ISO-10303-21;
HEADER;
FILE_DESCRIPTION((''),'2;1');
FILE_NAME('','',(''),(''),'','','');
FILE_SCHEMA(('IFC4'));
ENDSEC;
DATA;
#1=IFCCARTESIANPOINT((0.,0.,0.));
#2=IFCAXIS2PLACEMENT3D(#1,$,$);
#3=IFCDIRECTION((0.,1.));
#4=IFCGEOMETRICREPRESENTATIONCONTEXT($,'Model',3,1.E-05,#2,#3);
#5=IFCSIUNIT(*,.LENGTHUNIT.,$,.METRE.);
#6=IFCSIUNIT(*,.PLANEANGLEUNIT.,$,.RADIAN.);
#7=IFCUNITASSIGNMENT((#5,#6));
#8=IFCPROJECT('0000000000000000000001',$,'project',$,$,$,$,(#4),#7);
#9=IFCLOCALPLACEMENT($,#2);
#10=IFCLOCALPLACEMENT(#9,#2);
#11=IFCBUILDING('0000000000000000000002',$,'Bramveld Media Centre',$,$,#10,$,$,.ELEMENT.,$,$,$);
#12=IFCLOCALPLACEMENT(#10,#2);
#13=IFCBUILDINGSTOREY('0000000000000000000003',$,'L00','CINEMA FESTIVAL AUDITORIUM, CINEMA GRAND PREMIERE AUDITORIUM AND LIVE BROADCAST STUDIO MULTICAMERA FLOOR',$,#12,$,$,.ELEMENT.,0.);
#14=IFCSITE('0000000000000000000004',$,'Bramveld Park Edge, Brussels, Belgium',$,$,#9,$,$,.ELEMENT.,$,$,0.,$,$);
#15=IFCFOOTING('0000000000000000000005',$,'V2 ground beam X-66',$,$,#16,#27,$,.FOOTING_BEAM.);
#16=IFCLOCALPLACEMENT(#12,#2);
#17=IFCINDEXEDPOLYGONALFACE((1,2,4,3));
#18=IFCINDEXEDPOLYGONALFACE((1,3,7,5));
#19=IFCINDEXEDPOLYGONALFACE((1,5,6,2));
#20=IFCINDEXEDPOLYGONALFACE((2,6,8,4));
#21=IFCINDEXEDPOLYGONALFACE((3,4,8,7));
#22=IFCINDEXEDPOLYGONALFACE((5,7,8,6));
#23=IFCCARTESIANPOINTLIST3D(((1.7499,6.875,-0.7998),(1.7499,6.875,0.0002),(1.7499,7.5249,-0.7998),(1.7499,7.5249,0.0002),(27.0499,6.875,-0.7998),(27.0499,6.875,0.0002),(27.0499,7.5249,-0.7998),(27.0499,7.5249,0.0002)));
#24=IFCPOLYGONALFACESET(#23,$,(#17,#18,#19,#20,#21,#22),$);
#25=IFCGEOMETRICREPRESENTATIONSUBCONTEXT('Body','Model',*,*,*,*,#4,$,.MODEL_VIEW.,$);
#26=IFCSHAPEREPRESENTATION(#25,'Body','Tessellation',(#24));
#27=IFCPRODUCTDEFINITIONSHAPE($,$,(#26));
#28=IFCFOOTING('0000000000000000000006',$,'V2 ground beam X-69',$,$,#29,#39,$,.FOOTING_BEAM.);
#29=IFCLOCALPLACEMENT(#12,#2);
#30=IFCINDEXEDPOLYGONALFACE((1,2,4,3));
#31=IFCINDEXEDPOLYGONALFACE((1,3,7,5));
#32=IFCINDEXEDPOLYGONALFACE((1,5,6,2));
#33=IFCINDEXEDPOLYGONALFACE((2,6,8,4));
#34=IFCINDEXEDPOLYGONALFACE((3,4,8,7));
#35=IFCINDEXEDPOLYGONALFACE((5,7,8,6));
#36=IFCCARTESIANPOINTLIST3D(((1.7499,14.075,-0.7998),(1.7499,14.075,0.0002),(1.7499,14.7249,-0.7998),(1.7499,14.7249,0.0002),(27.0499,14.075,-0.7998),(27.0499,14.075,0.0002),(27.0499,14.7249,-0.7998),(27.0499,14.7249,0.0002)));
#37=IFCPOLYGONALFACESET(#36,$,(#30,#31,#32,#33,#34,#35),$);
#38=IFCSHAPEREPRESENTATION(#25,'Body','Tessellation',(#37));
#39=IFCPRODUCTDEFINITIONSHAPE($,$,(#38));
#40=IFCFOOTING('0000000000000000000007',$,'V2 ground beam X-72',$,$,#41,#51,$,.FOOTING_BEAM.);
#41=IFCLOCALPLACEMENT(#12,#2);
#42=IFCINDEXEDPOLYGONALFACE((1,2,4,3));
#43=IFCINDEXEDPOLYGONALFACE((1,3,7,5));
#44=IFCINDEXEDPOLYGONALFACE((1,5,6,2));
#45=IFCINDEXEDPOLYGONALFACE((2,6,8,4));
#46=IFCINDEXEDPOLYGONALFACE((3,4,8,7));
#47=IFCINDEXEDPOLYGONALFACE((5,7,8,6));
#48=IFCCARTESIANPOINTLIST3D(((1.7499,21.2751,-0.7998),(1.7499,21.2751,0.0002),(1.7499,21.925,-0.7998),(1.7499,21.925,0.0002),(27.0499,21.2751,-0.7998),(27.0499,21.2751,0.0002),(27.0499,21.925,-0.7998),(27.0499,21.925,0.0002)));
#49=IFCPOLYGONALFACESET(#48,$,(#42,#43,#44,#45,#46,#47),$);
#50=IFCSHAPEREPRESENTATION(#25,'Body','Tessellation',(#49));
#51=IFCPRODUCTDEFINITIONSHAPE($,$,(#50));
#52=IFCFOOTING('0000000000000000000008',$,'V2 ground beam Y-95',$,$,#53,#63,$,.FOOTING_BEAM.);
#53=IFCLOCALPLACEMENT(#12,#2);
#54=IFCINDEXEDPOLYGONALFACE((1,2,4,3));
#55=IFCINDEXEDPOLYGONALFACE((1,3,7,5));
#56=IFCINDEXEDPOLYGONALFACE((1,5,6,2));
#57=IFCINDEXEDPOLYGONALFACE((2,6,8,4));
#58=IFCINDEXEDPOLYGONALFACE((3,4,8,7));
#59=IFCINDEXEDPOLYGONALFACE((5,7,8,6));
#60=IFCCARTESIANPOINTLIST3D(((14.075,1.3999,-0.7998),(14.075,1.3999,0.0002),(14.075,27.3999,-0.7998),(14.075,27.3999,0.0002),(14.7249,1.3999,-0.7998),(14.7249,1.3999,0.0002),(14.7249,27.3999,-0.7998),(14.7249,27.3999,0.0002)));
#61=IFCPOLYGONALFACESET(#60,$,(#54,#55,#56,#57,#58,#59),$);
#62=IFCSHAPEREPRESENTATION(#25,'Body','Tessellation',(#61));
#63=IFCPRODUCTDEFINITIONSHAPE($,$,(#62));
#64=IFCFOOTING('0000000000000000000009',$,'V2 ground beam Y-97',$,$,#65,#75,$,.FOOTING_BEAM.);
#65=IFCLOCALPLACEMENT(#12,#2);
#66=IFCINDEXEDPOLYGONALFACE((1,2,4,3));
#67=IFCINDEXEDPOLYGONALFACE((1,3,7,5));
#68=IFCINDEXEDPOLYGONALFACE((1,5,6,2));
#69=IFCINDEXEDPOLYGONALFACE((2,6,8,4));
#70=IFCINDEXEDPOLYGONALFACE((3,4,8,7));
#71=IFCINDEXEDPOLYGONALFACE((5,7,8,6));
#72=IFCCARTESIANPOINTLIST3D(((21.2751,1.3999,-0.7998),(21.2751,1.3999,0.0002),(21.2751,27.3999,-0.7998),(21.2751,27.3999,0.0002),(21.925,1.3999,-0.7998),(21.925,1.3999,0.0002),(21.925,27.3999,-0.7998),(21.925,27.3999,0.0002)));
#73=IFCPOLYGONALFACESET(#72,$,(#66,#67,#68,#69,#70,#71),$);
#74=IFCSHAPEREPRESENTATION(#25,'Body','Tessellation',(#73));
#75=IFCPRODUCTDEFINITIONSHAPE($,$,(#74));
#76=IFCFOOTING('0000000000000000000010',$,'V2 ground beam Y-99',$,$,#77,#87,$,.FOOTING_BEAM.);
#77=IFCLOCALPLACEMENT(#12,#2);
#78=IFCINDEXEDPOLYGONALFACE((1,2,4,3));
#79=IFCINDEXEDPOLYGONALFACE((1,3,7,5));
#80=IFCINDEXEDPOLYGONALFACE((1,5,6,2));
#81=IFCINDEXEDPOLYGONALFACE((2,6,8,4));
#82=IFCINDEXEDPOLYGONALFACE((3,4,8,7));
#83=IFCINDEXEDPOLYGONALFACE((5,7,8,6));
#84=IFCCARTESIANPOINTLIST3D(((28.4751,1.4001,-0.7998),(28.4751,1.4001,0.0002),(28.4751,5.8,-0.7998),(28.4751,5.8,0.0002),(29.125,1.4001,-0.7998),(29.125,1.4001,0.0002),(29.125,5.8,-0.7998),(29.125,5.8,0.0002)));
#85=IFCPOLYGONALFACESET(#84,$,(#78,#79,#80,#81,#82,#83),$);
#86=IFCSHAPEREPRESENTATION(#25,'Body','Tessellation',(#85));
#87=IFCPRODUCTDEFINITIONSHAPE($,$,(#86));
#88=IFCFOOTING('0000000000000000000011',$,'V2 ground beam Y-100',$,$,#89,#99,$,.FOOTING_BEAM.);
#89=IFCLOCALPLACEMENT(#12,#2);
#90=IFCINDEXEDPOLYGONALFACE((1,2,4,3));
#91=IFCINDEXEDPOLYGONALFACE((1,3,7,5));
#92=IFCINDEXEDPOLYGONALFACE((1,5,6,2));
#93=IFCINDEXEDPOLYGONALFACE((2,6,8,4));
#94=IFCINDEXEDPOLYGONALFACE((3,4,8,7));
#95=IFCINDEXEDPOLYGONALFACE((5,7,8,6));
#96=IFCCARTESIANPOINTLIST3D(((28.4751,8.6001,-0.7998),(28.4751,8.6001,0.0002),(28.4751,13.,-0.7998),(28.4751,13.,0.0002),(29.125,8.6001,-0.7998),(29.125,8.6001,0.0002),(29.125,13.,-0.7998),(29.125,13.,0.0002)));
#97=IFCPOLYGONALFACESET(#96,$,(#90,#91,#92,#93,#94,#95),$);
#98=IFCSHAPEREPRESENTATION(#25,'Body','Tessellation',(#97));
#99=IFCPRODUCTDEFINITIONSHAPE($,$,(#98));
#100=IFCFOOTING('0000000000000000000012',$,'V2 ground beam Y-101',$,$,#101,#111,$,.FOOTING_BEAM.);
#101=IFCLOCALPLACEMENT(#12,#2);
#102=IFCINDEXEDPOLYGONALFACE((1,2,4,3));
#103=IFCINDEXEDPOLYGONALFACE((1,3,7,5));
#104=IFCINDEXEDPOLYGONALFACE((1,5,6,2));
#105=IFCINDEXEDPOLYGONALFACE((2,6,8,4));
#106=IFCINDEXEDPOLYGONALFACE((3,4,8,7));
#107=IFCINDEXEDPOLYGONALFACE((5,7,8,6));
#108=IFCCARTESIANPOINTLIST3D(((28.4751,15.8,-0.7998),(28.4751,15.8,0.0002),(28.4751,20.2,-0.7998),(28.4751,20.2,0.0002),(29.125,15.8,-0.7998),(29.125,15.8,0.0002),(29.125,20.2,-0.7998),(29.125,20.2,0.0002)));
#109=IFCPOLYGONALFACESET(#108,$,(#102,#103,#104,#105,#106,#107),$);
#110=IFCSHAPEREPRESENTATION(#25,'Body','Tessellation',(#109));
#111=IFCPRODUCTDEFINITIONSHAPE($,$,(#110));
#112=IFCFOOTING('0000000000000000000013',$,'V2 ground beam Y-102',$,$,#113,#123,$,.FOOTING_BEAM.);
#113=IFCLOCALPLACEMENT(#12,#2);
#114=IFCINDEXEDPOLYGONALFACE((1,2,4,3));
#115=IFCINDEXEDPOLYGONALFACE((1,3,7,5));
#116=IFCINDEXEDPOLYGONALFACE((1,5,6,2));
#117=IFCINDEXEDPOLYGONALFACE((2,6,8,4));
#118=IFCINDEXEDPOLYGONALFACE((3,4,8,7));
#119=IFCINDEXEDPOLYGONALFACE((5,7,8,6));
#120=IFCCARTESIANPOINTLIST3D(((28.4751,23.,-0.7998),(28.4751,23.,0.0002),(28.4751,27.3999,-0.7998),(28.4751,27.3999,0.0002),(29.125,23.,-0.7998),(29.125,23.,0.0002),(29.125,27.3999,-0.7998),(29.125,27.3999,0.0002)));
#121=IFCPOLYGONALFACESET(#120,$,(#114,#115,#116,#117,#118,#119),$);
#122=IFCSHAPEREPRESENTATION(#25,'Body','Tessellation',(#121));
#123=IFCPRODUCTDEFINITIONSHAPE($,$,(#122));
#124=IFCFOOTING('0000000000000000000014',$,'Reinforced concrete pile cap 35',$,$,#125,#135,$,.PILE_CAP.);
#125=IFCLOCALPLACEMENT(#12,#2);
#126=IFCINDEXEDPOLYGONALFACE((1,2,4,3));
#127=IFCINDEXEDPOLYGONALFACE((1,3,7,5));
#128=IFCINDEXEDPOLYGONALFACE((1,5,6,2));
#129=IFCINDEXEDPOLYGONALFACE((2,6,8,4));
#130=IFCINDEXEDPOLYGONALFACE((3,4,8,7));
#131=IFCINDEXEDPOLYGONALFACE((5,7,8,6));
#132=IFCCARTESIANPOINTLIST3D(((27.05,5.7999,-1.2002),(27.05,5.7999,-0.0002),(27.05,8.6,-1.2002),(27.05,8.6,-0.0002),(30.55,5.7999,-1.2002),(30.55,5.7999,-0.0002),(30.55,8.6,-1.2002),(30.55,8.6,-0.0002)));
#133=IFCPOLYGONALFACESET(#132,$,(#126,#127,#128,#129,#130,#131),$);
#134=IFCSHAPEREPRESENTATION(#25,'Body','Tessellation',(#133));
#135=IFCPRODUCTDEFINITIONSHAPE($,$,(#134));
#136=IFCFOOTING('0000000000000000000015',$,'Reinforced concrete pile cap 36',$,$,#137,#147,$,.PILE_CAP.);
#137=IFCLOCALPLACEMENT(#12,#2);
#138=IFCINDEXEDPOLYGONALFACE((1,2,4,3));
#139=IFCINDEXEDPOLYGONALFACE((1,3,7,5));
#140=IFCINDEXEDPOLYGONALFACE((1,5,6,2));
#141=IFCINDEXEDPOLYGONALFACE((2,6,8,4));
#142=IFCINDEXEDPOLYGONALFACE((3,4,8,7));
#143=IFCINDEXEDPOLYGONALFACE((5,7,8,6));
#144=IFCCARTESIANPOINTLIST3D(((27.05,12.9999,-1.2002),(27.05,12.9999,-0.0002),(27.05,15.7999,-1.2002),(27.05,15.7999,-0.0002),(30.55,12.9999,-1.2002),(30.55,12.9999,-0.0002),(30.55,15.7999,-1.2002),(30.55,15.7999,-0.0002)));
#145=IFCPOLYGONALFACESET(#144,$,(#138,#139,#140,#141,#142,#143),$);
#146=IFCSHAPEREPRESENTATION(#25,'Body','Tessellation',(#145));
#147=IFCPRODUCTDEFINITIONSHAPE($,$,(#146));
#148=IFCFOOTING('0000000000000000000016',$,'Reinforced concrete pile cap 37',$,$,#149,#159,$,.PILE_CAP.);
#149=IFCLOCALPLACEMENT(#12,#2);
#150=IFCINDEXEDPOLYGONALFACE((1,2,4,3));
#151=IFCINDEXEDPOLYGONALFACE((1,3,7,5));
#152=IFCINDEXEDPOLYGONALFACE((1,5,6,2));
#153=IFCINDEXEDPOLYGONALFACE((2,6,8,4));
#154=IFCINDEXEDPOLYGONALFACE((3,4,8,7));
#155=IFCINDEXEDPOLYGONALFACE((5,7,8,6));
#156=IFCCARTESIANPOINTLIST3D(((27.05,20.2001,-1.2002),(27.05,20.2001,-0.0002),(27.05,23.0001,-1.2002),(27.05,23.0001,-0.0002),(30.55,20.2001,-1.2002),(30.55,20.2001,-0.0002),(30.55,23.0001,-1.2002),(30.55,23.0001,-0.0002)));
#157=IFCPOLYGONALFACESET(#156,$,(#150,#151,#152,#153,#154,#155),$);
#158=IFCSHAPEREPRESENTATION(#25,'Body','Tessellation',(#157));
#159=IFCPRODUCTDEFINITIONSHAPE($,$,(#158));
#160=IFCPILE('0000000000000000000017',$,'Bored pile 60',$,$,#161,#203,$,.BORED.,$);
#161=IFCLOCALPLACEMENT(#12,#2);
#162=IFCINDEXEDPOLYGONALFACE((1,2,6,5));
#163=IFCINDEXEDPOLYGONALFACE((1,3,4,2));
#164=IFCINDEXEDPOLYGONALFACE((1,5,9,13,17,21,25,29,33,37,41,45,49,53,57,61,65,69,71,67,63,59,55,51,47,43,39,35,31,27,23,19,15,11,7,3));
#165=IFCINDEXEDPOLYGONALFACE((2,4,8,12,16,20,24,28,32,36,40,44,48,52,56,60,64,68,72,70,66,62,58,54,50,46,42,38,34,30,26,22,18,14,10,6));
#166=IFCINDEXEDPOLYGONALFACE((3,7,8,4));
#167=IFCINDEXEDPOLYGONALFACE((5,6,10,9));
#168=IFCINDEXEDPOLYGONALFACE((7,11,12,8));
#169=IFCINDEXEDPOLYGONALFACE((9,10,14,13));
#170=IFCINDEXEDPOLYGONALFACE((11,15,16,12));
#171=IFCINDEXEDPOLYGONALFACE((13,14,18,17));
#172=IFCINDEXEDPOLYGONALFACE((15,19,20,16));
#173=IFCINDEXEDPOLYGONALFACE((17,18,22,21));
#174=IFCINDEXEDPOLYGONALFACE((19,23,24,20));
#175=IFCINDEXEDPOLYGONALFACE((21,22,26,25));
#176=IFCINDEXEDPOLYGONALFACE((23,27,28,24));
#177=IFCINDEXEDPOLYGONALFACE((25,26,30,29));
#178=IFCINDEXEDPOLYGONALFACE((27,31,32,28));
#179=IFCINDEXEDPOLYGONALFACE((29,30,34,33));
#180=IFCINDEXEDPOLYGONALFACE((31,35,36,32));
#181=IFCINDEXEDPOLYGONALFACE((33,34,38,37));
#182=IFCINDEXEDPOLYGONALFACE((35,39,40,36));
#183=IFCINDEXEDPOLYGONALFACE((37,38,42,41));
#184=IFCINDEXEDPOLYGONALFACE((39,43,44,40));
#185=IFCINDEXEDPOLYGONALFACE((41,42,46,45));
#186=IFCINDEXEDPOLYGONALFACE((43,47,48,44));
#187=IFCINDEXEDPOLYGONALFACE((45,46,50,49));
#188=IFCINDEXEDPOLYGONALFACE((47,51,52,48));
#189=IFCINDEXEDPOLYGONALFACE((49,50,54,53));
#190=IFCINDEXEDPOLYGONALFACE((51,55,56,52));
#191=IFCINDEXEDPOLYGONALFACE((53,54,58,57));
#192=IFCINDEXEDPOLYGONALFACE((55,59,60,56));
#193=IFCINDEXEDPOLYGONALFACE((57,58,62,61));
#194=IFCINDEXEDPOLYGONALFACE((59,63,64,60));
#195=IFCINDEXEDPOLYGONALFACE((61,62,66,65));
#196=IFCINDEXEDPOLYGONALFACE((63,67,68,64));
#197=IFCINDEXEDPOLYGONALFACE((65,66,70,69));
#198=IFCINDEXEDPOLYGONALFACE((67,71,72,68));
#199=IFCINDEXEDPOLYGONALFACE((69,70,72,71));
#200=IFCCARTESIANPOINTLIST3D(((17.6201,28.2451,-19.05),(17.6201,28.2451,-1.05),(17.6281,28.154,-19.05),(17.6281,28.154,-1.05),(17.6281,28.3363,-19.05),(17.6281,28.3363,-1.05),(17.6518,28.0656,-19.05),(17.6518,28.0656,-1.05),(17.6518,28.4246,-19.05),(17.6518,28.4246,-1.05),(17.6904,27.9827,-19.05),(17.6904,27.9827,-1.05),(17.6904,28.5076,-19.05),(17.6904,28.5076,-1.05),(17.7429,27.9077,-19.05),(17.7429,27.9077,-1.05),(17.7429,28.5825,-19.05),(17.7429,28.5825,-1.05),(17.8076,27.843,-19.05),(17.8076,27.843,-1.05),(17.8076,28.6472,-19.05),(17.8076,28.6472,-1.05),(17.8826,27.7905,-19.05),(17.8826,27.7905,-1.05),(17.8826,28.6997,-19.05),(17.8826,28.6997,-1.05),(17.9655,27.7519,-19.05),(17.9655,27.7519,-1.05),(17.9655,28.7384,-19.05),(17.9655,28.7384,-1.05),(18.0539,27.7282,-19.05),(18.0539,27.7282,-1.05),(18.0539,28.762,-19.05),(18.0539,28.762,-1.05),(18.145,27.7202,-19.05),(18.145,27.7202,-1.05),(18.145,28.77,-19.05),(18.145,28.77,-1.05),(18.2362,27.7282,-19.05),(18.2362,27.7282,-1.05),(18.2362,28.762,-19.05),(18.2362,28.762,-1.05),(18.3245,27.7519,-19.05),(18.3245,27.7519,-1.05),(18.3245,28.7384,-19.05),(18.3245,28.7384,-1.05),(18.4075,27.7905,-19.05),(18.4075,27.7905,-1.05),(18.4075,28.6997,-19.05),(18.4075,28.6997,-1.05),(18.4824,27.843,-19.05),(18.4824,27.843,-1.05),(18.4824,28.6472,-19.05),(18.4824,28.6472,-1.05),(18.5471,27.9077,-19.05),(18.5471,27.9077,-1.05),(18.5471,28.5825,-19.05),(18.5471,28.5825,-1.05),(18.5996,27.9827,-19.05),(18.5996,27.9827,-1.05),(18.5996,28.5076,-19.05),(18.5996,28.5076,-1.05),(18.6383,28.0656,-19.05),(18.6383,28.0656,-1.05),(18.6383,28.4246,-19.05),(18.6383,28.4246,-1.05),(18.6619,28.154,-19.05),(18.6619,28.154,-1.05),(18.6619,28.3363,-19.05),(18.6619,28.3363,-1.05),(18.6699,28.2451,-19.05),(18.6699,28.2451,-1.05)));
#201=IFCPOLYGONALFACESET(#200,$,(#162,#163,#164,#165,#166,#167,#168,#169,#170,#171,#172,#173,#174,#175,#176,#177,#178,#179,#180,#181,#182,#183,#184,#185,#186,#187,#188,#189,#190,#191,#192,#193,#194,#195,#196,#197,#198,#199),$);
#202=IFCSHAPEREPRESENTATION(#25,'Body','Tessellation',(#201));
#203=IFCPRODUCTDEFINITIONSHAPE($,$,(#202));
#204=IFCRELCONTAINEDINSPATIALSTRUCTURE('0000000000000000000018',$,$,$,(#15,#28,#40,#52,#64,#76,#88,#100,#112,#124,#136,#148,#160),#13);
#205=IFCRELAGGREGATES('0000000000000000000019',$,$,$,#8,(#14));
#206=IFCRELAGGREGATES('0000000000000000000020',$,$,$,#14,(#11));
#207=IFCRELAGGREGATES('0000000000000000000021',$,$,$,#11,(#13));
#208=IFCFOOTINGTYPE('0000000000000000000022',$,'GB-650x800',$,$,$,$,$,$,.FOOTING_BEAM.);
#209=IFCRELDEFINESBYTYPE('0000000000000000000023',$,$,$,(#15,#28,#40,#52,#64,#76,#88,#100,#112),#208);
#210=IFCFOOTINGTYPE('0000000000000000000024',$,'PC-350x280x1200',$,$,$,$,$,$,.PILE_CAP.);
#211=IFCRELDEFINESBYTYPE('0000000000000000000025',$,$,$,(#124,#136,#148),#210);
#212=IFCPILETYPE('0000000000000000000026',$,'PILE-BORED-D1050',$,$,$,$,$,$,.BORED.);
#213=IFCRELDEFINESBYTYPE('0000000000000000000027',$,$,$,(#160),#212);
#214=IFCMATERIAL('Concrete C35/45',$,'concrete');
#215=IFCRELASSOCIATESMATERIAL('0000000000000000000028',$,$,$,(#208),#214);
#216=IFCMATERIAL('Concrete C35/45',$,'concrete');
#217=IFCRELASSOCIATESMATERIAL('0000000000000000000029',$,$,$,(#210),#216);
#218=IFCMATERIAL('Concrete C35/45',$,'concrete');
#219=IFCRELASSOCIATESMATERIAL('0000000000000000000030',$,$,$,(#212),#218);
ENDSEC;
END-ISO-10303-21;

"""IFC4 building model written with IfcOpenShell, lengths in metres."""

from ifc_helpers import new_model, si_unit, direction, frame, origin, origin_2d, place, context, subcontext, project, spatial, rectangle, circle, extrude, material, material_profile, profile_set, type_object, element, save


model = new_model("IFC4")

# Units and contexts
model_context = context("Model", 3, precision=1e-05, world=origin(), true_north=direction((0.0, 1.0)))
body_context = subcontext(model_context, "Body", "Model", "MODEL_VIEW")
ifc_project = project(units=[si_unit("LENGTHUNIT", "METRE"), si_unit("PLANEANGLEUNIT", "RADIAN")], contexts=[model_context])

# Site, building, storey
site_placement = place(None, origin())
site = spatial("IfcSite", under=ifc_project, at=site_placement, Name="Bramveld Park Edge, Brussels, Belgium", CompositionType="ELEMENT", RefElevation=0.0)
building_placement = place(site_placement, origin())
building = spatial("IfcBuilding", under=site, at=building_placement, Name="Bramveld Media Centre", CompositionType="ELEMENT")
storey_placement = place(building_placement, origin())
storey = spatial("IfcBuildingStorey", under=building, at=storey_placement, Name="L00", Description="CINEMA FESTIVAL AUDITORIUM, CINEMA GRAND PREMIERE AUDITORIUM AND LIVE BROADCAST STUDIO MULTICAMERA FLOOR", CompositionType="ELEMENT", Elevation=0.0)

# Footings
ifc_material_1 = material(Name="Concrete C35/45", Category="concrete")
footing_type_1 = type_object("IfcFootingType", Name="GB-650x800", PredefinedType="FOOTING_BEAM", material=ifc_material_1)
for number, where, z_axis, x_axis, name in (
    (1, (14.3999, 7.2, -0.7998), (0.0, 0.0, 1.0), (1.0, 0.0, 0.0), "V2 ground beam X-66"),
    (2, (14.3999, 14.3999, -0.7998), (0.0, 0.0, 1.0), (1.0, 0.0, 0.0), "V2 ground beam X-69"),
    (3, (14.3999, 21.6001, -0.7998), (0.0, 0.0, 1.0), (1.0, 0.0, 0.0), "V2 ground beam X-72"),
):
    element("IfcFooting", number, at=place(storey_placement, frame(where, z_axis=z_axis, x_axis=x_axis)), inside=storey, type_object=footing_type_1, Name=name, PredefinedType="FOOTING_BEAM", context=body_context, shape_type="SweptSolid", body=[
        extrude(rectangle(XDim=25.3, YDim=0.6499, at=origin_2d()), origin(), (0.0, 0.0, 1.0), 0.8),
    ])
for number, where, z_axis, x_axis, name in (
    (4, (14.3999, 14.3999, -0.7998), (0.0, 0.0, 1.0), (1.0, 0.0, 0.0), "V2 ground beam Y-95"),
    (5, (21.6001, 14.3999, -0.7998), (0.0, 0.0, 1.0), (1.0, 0.0, 0.0), "V2 ground beam Y-97"),
):
    element("IfcFooting", number, at=place(storey_placement, frame(where, z_axis=z_axis, x_axis=x_axis)), inside=storey, type_object=footing_type_1, Name=name, PredefinedType="FOOTING_BEAM", context=body_context, shape_type="SweptSolid", body=[
        extrude(rectangle(XDim=0.6499, YDim=26.0, at=origin_2d()), origin(), (0.0, 0.0, 1.0), 0.8),
    ])
for number, where, z_axis, x_axis, name in (
    (6, (28.8, 3.6001, -0.7998), (0.0, 0.0, 1.0), (1.0, 0.0, 0.0), "V2 ground beam Y-99"),
    (7, (28.8, 10.8, -0.7998), (0.0, 0.0, 1.0), (1.0, 0.0, 0.0), "V2 ground beam Y-100"),
    (8, (28.8, 18.0, -0.7998), (0.0, 0.0, 1.0), (1.0, 0.0, 0.0), "V2 ground beam Y-101"),
    (9, (28.8, 25.2, -0.7998), (0.0, 0.0, 1.0), (1.0, 0.0, 0.0), "V2 ground beam Y-102"),
):
    element("IfcFooting", number, at=place(storey_placement, frame(where, z_axis=z_axis, x_axis=x_axis)), inside=storey, type_object=footing_type_1, Name=name, PredefinedType="FOOTING_BEAM", context=body_context, shape_type="SweptSolid", body=[
        extrude(rectangle(XDim=0.6499, YDim=4.3999, at=origin_2d()), origin(), (0.0, 0.0, 1.0), 0.8),
    ])
ifc_material_2 = material(Name="Concrete C35/45", Category="concrete")
footing_type_2 = type_object("IfcFootingType", Name="PC-350x280x1200", PredefinedType="PILE_CAP", material=ifc_material_2)
for number, where, z_axis, x_axis, name in (
    (10, (28.8, 7.2, -1.2002), (0.0, 0.0, 1.0), (1.0, 0.0, 0.0), "Reinforced concrete pile cap 35"),
    (11, (28.8, 14.3999, -1.2002), (0.0, 0.0, 1.0), (1.0, 0.0, 0.0), "Reinforced concrete pile cap 36"),
    (12, (28.8, 21.6001, -1.2002), (0.0, 0.0, 1.0), (1.0, 0.0, 0.0), "Reinforced concrete pile cap 37"),
):
    element("IfcFooting", number, at=place(storey_placement, frame(where, z_axis=z_axis, x_axis=x_axis)), inside=storey, type_object=footing_type_2, Name=name, PredefinedType="PILE_CAP", context=body_context, shape_type="SweptSolid", body=[
        extrude(rectangle(XDim=3.5, YDim=2.8, at=origin_2d()), origin(), (0.0, 0.0, 1.0), 1.2),
    ])

# Pile
ifc_material_3 = material(Name="Concrete C35/45", Category="concrete")
ifc_material_profile_1 = material_profile(ifc_material_3, circle(Radius=0.5249, at=origin_2d()), Name="BORED D1050")
ifc_profile_set_1 = profile_set([ifc_material_profile_1], Name="Concrete C35/45")
pile_type_1 = type_object("IfcPileType", Name="PILE-BORED-D1050", PredefinedType="BORED", material=ifc_profile_set_1)
pile_placement = place(storey_placement, frame((18.145, 28.2451, -1.05), z_axis=(0.0, 0.0, -1.0), x_axis=(1.0, 0.0, 0.0)))
element("IfcPile", 13, at=pile_placement, inside=storey, type_object=pile_type_1, Name="Bored pile 60", PredefinedType="BORED", context=body_context, shape_type="SweptSolid", body=[
    extrude(circle(Radius=0.5249, at=origin_2d()), origin(), (0.0, 0.0, 1.0), 18.0),
])

save(model, "model.ifc")
